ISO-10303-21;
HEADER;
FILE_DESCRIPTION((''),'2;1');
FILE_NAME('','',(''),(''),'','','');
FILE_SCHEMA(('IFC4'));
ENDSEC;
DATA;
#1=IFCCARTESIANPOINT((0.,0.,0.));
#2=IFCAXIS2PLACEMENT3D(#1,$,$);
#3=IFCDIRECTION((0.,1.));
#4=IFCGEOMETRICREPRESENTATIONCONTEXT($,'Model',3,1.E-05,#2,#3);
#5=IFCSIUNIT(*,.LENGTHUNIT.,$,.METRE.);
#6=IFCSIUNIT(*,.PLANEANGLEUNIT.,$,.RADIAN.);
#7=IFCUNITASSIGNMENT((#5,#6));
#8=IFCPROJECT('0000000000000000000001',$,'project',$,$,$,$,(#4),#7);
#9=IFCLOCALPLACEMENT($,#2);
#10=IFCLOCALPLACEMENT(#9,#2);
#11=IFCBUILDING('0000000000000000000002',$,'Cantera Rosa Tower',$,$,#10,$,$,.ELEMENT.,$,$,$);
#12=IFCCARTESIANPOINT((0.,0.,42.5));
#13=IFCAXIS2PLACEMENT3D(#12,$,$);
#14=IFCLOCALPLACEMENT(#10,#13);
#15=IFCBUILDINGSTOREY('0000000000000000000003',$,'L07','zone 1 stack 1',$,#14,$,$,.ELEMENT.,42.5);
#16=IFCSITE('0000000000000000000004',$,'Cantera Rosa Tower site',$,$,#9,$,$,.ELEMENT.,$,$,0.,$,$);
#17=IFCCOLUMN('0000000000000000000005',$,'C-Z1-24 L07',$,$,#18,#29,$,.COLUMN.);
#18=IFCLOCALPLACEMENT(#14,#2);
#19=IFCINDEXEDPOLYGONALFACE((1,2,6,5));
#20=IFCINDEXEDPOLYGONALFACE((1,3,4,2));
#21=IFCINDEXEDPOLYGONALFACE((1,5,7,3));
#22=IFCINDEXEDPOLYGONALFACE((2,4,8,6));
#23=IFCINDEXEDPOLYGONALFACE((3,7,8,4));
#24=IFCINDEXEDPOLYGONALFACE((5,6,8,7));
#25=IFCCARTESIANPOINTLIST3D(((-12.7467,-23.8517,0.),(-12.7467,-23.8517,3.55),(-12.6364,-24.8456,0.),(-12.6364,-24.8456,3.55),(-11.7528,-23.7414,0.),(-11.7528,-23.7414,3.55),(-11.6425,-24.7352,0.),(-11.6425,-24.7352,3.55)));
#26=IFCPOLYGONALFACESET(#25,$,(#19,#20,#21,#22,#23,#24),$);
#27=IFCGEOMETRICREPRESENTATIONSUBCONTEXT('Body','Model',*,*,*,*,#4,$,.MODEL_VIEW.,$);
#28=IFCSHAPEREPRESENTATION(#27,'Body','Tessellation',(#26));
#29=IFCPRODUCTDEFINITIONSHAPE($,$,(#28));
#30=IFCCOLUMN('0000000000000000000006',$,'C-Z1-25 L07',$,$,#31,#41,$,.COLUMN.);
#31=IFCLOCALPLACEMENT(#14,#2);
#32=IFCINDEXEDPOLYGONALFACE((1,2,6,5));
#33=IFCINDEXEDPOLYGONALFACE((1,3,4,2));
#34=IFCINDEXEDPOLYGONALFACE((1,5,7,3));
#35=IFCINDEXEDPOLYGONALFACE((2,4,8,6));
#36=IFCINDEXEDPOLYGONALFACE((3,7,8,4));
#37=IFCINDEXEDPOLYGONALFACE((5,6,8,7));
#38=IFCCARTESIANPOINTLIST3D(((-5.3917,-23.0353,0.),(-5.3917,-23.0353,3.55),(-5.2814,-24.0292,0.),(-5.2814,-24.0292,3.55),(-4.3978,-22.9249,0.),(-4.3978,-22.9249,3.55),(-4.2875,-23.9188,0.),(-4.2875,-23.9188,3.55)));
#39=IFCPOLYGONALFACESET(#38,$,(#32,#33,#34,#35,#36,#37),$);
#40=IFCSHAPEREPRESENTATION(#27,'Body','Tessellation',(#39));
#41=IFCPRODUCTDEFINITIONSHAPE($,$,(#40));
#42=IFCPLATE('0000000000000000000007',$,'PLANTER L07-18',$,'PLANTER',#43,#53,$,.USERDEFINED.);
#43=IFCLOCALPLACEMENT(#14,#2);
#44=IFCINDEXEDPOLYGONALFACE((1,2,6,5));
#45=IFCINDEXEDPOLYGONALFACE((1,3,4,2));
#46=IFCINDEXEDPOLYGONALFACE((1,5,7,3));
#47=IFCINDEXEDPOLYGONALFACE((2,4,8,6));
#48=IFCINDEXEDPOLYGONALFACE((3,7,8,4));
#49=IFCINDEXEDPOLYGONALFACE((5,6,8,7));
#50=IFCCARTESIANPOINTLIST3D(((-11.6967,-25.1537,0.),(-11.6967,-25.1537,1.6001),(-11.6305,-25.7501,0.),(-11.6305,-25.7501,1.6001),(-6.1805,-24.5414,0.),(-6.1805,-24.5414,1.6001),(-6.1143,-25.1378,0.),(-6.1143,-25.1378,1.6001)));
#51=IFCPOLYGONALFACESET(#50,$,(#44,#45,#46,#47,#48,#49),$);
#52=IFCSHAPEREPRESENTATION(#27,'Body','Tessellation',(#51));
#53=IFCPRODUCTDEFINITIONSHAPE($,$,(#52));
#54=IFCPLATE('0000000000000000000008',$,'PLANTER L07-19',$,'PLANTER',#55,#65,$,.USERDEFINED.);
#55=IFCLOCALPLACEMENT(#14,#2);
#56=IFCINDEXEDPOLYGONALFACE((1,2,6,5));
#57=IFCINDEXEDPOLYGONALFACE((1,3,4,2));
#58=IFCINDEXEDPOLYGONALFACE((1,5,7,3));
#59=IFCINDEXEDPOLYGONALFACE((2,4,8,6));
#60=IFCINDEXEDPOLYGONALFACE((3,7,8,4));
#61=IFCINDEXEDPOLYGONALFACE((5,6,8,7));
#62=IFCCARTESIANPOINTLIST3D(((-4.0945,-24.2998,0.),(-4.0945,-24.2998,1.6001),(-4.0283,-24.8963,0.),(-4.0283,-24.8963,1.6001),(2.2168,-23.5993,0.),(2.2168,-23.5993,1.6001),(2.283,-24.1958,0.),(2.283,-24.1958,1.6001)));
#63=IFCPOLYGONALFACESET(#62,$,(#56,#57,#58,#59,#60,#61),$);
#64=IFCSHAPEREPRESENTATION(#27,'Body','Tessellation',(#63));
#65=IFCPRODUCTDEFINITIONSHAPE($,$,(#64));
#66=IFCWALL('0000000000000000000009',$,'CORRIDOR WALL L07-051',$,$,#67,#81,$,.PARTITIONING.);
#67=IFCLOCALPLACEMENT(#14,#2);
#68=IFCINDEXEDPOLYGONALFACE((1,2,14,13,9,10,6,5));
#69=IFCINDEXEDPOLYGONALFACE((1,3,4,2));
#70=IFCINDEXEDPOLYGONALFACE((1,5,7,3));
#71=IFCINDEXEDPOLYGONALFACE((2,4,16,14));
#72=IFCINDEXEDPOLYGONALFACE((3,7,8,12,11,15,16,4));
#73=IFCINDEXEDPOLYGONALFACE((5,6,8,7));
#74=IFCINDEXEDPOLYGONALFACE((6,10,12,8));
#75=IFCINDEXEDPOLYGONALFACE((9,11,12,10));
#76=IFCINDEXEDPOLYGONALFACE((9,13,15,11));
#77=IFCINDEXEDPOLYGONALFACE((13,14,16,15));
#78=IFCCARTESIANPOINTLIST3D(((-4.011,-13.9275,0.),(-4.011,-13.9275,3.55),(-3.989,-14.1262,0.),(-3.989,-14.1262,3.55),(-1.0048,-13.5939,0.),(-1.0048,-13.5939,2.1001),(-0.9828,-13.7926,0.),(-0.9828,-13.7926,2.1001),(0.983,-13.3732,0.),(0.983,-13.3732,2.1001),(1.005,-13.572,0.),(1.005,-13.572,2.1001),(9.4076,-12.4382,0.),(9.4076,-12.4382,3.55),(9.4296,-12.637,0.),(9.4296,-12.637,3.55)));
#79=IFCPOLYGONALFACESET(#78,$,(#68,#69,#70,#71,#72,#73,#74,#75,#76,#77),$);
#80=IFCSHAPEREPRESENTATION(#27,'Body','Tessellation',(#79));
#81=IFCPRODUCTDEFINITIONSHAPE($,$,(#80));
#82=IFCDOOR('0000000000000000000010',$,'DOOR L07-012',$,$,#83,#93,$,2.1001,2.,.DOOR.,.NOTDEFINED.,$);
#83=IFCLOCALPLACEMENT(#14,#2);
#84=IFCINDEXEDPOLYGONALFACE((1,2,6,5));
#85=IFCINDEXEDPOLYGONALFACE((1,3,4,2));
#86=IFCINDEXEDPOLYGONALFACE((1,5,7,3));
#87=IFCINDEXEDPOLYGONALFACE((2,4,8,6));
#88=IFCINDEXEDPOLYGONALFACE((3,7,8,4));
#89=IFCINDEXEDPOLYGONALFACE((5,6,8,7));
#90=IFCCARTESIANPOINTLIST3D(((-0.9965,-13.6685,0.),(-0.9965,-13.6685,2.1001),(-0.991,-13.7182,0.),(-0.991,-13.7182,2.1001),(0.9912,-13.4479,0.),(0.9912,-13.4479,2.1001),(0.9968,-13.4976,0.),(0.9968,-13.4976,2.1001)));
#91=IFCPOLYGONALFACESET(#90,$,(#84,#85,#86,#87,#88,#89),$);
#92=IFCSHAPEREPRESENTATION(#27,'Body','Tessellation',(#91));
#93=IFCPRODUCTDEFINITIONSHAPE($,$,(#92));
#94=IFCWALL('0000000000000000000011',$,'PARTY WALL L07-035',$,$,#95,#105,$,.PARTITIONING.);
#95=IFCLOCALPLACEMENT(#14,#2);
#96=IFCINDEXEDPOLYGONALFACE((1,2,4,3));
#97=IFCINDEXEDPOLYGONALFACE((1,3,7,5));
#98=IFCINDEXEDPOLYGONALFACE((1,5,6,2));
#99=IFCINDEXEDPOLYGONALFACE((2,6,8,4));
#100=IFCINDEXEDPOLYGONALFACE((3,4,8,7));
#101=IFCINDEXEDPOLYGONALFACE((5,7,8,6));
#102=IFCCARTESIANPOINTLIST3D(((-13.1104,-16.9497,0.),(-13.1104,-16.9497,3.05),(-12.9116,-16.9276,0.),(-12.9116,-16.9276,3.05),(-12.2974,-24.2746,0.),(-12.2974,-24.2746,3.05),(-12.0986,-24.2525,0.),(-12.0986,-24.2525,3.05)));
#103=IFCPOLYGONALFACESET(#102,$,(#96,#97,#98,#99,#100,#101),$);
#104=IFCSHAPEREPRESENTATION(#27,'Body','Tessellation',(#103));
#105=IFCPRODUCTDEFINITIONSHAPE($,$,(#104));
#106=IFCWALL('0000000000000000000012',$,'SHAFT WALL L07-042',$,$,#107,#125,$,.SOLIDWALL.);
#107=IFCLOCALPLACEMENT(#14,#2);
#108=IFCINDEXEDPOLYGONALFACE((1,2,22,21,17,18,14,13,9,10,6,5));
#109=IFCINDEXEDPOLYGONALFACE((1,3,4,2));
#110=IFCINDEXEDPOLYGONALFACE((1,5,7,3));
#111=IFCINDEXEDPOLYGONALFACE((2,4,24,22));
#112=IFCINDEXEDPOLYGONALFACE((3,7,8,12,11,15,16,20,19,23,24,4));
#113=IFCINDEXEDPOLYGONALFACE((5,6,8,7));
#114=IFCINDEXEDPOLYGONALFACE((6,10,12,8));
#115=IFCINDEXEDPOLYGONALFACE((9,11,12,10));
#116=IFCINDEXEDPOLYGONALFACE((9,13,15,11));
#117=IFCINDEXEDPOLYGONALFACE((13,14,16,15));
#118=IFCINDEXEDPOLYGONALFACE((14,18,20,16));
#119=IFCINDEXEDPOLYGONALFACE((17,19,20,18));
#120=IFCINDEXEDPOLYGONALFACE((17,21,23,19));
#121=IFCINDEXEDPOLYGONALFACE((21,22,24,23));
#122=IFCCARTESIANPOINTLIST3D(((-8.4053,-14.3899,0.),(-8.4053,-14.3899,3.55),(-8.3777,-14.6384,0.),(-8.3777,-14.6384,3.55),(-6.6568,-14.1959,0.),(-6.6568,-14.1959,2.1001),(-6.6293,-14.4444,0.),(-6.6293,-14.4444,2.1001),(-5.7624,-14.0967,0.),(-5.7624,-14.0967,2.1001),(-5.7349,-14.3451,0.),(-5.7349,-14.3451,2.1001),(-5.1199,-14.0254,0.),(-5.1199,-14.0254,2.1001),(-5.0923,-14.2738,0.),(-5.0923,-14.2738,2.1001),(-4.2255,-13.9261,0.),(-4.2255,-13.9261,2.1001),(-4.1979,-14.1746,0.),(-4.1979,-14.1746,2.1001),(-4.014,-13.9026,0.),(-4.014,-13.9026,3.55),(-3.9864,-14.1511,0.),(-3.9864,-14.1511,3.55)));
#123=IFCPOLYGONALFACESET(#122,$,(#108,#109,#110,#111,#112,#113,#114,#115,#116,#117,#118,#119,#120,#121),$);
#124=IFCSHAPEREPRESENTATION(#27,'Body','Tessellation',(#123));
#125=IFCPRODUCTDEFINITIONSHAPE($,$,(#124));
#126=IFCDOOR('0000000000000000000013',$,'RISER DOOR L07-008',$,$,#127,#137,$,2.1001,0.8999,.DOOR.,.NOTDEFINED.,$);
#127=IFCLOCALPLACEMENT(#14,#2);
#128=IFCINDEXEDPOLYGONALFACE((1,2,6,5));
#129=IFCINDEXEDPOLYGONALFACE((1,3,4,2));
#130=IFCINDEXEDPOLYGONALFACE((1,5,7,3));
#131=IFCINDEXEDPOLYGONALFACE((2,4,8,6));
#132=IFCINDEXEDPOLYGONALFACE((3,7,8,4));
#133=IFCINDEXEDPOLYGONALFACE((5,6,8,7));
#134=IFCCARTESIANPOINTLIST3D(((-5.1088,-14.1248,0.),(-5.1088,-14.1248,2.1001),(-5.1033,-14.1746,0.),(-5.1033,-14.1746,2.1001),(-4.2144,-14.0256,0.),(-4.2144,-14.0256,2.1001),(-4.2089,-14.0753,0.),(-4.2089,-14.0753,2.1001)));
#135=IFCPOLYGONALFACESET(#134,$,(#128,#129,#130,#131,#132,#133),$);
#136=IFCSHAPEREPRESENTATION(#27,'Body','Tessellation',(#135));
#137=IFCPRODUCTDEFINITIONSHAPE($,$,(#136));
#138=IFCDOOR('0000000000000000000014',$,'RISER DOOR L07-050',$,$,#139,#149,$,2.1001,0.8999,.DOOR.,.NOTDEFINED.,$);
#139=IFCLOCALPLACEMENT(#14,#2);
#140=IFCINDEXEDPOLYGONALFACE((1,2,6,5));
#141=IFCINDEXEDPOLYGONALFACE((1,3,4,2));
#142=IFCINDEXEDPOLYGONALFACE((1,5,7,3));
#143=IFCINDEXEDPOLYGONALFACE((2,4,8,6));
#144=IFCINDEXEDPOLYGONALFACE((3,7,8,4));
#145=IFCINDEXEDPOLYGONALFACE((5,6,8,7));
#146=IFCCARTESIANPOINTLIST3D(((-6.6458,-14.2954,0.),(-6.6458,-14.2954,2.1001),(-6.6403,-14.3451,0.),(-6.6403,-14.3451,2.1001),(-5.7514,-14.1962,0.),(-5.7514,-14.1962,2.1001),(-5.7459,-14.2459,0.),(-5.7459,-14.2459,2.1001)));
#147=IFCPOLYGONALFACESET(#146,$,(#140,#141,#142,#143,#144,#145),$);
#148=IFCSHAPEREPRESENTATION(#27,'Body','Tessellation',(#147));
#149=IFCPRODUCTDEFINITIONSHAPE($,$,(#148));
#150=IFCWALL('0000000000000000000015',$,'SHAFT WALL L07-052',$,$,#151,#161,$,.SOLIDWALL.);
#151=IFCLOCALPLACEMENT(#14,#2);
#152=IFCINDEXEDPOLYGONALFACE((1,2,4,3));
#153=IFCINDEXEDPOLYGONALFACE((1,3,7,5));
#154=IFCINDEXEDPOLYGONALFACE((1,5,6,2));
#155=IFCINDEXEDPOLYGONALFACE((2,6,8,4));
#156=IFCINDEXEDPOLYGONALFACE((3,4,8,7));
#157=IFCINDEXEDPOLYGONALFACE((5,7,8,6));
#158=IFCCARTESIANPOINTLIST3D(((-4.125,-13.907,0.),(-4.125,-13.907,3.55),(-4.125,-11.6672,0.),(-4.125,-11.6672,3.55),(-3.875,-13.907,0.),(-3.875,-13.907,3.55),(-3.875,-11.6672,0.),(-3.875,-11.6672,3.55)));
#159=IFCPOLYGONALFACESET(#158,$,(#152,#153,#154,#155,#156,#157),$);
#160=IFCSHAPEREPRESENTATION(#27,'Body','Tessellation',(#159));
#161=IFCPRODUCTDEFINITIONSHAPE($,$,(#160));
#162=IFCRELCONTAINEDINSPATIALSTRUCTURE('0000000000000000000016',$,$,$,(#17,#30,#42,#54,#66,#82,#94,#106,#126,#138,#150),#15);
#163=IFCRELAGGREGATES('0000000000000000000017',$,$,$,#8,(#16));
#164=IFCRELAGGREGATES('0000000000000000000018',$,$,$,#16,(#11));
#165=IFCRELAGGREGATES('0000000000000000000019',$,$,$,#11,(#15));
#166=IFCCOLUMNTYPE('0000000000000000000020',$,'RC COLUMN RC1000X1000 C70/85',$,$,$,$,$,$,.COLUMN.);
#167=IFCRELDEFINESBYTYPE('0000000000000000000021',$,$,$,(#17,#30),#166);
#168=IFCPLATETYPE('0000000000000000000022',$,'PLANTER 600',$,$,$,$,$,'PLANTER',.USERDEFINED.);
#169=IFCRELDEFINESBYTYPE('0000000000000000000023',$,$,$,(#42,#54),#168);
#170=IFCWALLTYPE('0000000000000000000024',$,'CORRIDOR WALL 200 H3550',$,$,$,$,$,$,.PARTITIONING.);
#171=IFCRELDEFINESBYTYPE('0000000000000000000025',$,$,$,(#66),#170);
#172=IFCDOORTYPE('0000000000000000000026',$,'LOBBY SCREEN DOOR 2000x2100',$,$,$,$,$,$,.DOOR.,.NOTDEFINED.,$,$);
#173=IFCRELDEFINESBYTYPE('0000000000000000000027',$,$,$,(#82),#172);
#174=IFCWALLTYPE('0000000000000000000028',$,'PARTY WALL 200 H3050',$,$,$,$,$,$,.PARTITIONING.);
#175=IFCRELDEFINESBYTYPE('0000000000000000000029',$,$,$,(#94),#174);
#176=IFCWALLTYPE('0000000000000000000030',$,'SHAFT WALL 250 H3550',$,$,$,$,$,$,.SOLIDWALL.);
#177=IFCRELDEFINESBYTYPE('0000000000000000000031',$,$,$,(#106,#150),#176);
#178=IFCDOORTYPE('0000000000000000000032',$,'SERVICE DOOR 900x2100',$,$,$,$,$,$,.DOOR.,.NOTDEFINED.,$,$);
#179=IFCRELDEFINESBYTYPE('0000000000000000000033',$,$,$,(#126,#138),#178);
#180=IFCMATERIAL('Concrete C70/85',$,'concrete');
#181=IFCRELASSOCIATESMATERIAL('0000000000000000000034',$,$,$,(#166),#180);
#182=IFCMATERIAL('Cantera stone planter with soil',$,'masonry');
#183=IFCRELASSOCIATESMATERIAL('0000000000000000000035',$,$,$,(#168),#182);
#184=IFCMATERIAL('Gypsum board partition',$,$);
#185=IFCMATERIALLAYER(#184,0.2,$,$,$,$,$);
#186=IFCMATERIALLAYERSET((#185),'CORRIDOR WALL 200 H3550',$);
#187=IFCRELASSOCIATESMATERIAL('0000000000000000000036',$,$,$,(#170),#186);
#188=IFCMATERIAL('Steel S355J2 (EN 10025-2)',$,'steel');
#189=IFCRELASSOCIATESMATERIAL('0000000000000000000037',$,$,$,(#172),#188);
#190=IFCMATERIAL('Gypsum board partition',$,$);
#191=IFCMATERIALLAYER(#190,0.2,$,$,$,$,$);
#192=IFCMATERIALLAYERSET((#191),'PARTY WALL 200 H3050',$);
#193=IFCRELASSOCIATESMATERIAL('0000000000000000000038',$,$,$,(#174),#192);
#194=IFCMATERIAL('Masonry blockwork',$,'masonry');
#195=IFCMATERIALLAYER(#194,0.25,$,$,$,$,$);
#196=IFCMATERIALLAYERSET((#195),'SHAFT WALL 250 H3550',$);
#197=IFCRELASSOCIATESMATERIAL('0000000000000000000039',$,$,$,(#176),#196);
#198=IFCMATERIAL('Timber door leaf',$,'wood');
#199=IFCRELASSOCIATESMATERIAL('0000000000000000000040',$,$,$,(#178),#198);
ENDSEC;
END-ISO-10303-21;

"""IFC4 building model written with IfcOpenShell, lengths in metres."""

from ifc_helpers import new_model, si_unit, direction, frame, frame_2d, origin, origin_2d, place, context, subcontext, project, spatial, rectangle, extrude, material, layer, layer_set, material_profile, profile_set, type_object, element, fill, save


model = new_model("IFC4")

# Units and contexts
model_context = context("Model", 3, precision=1e-05, world=origin(), true_north=direction((0.0, 1.0)))
body_context = subcontext(model_context, "Body", "Model", "MODEL_VIEW")
ifc_project = project(units=[si_unit("LENGTHUNIT", "METRE"), si_unit("PLANEANGLEUNIT", "RADIAN")], contexts=[model_context])

# Site, building, storey
site_placement = place(None, origin())
site = spatial("IfcSite", under=ifc_project, at=site_placement, Name="Cantera Rosa Tower site", CompositionType="ELEMENT", RefElevation=0.0)
building_placement = place(site_placement, origin())
building = spatial("IfcBuilding", under=site, at=building_placement, Name="Cantera Rosa Tower", CompositionType="ELEMENT")
storey_placement = place(building_placement, frame((0.0, 0.0, 42.5)))
storey = spatial("IfcBuildingStorey", under=building, at=storey_placement, Name="L07", Description="zone 1 stack 1", CompositionType="ELEMENT", Elevation=42.5)

# Columns
ifc_material_1 = material(Name="Concrete C70/85", Category="concrete")
ifc_material_profile = material_profile(ifc_material_1, rectangle(XDim=1.0, YDim=1.0, at=origin_2d()), Name="RC COLUMN RC1000X1000 C70/85")
ifc_profile_set = profile_set([ifc_material_profile], Name="Concrete C70/85")
column_type = type_object("IfcColumnType", Name="RC COLUMN RC1000X1000 C70/85", PredefinedType="COLUMN", material=ifc_profile_set)
for number, where, z_axis, x_axis, name in (
    (1, (-12.1946, -24.2935, 0.0), (0.0, 0.0, 1.0), (0.993897, 0.110313, 0.0), "C-Z1-24 L07"),
    (2, (-4.8396, -23.4771, 0.0), (0.0, 0.0, 1.0), (0.993897, 0.110313, 0.0), "C-Z1-25 L07"),
):
    element("IfcColumn", number, at=place(storey_placement, frame(where, z_axis=z_axis, x_axis=x_axis)), inside=storey, type_object=column_type, Name=name, PredefinedType="COLUMN", context=body_context, shape_type="SweptSolid", body=[
        extrude(rectangle(XDim=1.0, YDim=1.0, at=origin_2d()), origin(), (0.0, 0.0, 1.0), 3.55),
    ])

# Plates
ifc_material_2 = material(Name="Cantera stone planter with soil", Category="masonry")
plate_type = type_object("IfcPlateType", Name="PLANTER 600", ElementType="PLANTER", PredefinedType="USERDEFINED", material=ifc_material_2)
plate_1_placement = place(storey_placement, frame((-8.9055, -25.1458, 0.0), z_axis=(0.0, 0.0, 1.0), x_axis=(0.993897, 0.110313, 0.0)))
element("IfcPlate", 3, at=plate_1_placement, inside=storey, type_object=plate_type, Name="PLANTER L07-18", ObjectType="PLANTER", PredefinedType="USERDEFINED", context=body_context, shape_type="SweptSolid", body=[
    extrude(rectangle(XDim=5.55, YDim=0.6001, at=origin_2d()), origin(), (0.0, 0.0, 1.0), 1.6001),
])
plate_2_placement = place(storey_placement, frame((-0.9058, -24.2478, 0.0), z_axis=(0.0, 0.0, 1.0), x_axis=(0.993897, 0.110313, 0.0)))
element("IfcPlate", 4, at=plate_2_placement, inside=storey, type_object=plate_type, Name="PLANTER L07-19", ObjectType="PLANTER", PredefinedType="USERDEFINED", context=body_context, shape_type="SweptSolid", body=[
    extrude(rectangle(XDim=6.3501, YDim=0.6001, at=origin_2d()), origin(), (0.0, 0.0, 1.0), 1.6001),
])

# Wall, opening, door
ifc_material_3 = material(Name="Gypsum board partition")
ifc_layer_1 = layer(ifc_material_3, 0.2)
ifc_layer_set_1 = layer_set([ifc_layer_1], Name="CORRIDOR WALL 200 H3550")
wall_type_1 = type_object("IfcWallType", Name="CORRIDOR WALL 200 H3550", PredefinedType="PARTITIONING", material=ifc_layer_set_1)
wall_1_placement = place(storey_placement, frame((-4.0, -14.0269, 0.0), z_axis=(0.0, 0.0, 1.0), x_axis=(0.993898, 0.110306, 0.0)))
wall_1 = element("IfcWall", 5, at=wall_1_placement, inside=storey, type_object=wall_type_1, Name="CORRIDOR WALL L07-051", PredefinedType="PARTITIONING", context=body_context, shape_type="SweptSolid", body=[
    extrude(rectangle(XDim=13.501, YDim=0.2, at=frame_2d((6.7505, 0.0))), origin(), (0.0, 0.0, 1.0), 3.55),
])
opening_1_placement = place(wall_1_placement, frame((3.0247, 0.0, 0.0)))
opening_1 = element("IfcOpeningElement", 6, at=opening_1_placement, cuts=wall_1, PredefinedType="OPENING", context=body_context, shape_type="SweptSolid", body=[
    extrude(rectangle(XDim=2.0, YDim=2.1001, at=frame_2d((1.0, 1.05))), frame((0.0, 0.1099, 0.0), z_axis=(0.0, -1.0, 0.0), x_axis=(1.0, 0.0, 0.0)), (0.0, 0.0, 1.0), 0.22),
])
ifc_material_4 = material(Name="Steel S355J2 (EN 10025-2)", Category="steel")
door_type_1 = type_object("IfcDoorType", Name="LOBBY SCREEN DOOR 2000x2100", OperationType="NOTDEFINED", PredefinedType="DOOR", material=ifc_material_4)
door_1_placement = place(opening_1_placement, origin())
door_1 = element("IfcDoor", 7, at=door_1_placement, inside=storey, type_object=door_type_1, Name="DOOR L07-012", OperationType="NOTDEFINED", OverallHeight=2.1001, OverallWidth=2.0, PredefinedType="DOOR", context=body_context, shape_type="SweptSolid", body=[
    extrude(rectangle(XDim=2.0, YDim=2.1001, at=frame_2d((1.0, 1.05))), frame((0.0, 0.0249, 0.0), z_axis=(0.0, -1.0, 0.0), x_axis=(1.0, 0.0, 0.0)), (0.0, 0.0, 1.0), 0.05),
])
fill(opening_1, door_1)

# Wall
ifc_material_5 = material(Name="Gypsum board partition")
ifc_layer_2 = layer(ifc_material_5, 0.2)
ifc_layer_set_2 = layer_set([ifc_layer_2], Name="PARTY WALL 200 H3050")
wall_type_2 = type_object("IfcWallType", Name="PARTY WALL 200 H3050", PredefinedType="PARTITIONING", material=ifc_layer_set_2)
wall_2_placement = place(storey_placement, frame((-12.198, -24.2637, 0.0), z_axis=(0.0, 0.0, 1.0), x_axis=(-0.110312, 0.993897, 0.0)))
element("IfcWall", 8, at=wall_2_placement, inside=storey, type_object=wall_type_2, Name="PARTY WALL L07-035", PredefinedType="PARTITIONING", context=body_context, shape_type="SweptSolid", body=[
    extrude(rectangle(XDim=7.3699, YDim=0.2, at=frame_2d((3.6851, 0.0))), origin(), (0.0, 0.0, 1.0), 3.05),
])

# Wall, openings, doors
ifc_material_6 = material(Name="Masonry blockwork", Category="masonry")
ifc_layer_3 = layer(ifc_material_6, 0.25)
ifc_layer_set_3 = layer_set([ifc_layer_3], Name="SHAFT WALL 250 H3550")
wall_type_3 = type_object("IfcWallType", Name="SHAFT WALL 250 H3550", PredefinedType="SOLIDWALL", material=ifc_layer_set_3)
wall_3_placement = place(storey_placement, frame((-8.3914, -14.5142, 0.0), z_axis=(0.0, 0.0, 1.0), x_axis=(0.993899, 0.110292, 0.0)))
wall_3 = element("IfcWall", 9, at=wall_3_placement, inside=storey, type_object=wall_type_3, Name="SHAFT WALL L07-042", PredefinedType="SOLIDWALL", context=body_context, shape_type="SweptSolid", body=[
    extrude(rectangle(XDim=4.4182, YDim=0.25, at=frame_2d((2.209, 0.0))), origin(), (0.0, 0.0, 1.0), 3.55),
])
opening_2_placement = place(wall_3_placement, frame((3.3054, 0.0, 0.0)))
opening_2 = element("IfcOpeningElement", 10, at=opening_2_placement, cuts=wall_3, PredefinedType="OPENING", context=body_context, shape_type="SweptSolid", body=[
    extrude(rectangle(XDim=0.8999, YDim=2.1001, at=frame_2d((0.45, 1.05))), frame((0.0, 0.135, 0.0), z_axis=(0.0, -1.0, 0.0), x_axis=(1.0, 0.0, 0.0)), (0.0, 0.0, 1.0), 0.27),
])
opening_3_placement = place(wall_3_placement, frame((1.759, 0.0, 0.0)))
opening_3 = element("IfcOpeningElement", 11, at=opening_3_placement, cuts=wall_3, PredefinedType="OPENING", context=body_context, shape_type="SweptSolid", body=[
    extrude(rectangle(XDim=0.8999, YDim=2.1001, at=frame_2d((0.45, 1.05))), frame((0.0, 0.135, 0.0), z_axis=(0.0, -1.0, 0.0), x_axis=(1.0, 0.0, 0.0)), (0.0, 0.0, 1.0), 0.27),
])
ifc_material_7 = material(Name="Timber door leaf", Category="wood")
door_type_2 = type_object("IfcDoorType", Name="SERVICE DOOR 900x2100", OperationType="NOTDEFINED", PredefinedType="DOOR", material=ifc_material_7)
door_2_placement = place(opening_2_placement, origin())
door_2 = element("IfcDoor", 12, at=door_2_placement, inside=storey, type_object=door_type_2, Name="RISER DOOR L07-008", OperationType="NOTDEFINED", OverallHeight=2.1001, OverallWidth=0.8999, PredefinedType="DOOR", context=body_context, shape_type="SweptSolid", body=[
    extrude(rectangle(XDim=0.8999, YDim=2.1001, at=frame_2d((0.45, 1.05))), frame((0.0, 0.0249, 0.0), z_axis=(0.0, -1.0, 0.0), x_axis=(1.0, 0.0, 0.0)), (0.0, 0.0, 1.0), 0.05),
])
fill(opening_2, door_2)
door_3_placement = place(opening_3_placement, origin())
door_3 = element("IfcDoor", 13, at=door_3_placement, inside=storey, type_object=door_type_2, Name="RISER DOOR L07-050", OperationType="NOTDEFINED", OverallHeight=2.1001, OverallWidth=0.8999, PredefinedType="DOOR", context=body_context, shape_type="SweptSolid", body=[
    extrude(rectangle(XDim=0.8999, YDim=2.1001, at=frame_2d((0.45, 1.05))), frame((0.0, 0.0249, 0.0), z_axis=(0.0, -1.0, 0.0), x_axis=(1.0, 0.0, 0.0)), (0.0, 0.0, 1.0), 0.05),
])
fill(opening_3, door_3)

# Wall
wall_4_placement = place(storey_placement, frame((-4.0, -11.6672, 0.0), z_axis=(0.0, 0.0, 1.0), x_axis=(0.0, -1.0, 0.0)))
element("IfcWall", 14, at=wall_4_placement, inside=storey, type_object=wall_type_3, Name="SHAFT WALL L07-052", PredefinedType="SOLIDWALL", context=body_context, shape_type="SweptSolid", body=[
    extrude(rectangle(XDim=2.2397, YDim=0.25, at=frame_2d((1.1199, 0.0))), origin(), (0.0, 0.0, 1.0), 3.55),
])

save(model, "model.ifc")
